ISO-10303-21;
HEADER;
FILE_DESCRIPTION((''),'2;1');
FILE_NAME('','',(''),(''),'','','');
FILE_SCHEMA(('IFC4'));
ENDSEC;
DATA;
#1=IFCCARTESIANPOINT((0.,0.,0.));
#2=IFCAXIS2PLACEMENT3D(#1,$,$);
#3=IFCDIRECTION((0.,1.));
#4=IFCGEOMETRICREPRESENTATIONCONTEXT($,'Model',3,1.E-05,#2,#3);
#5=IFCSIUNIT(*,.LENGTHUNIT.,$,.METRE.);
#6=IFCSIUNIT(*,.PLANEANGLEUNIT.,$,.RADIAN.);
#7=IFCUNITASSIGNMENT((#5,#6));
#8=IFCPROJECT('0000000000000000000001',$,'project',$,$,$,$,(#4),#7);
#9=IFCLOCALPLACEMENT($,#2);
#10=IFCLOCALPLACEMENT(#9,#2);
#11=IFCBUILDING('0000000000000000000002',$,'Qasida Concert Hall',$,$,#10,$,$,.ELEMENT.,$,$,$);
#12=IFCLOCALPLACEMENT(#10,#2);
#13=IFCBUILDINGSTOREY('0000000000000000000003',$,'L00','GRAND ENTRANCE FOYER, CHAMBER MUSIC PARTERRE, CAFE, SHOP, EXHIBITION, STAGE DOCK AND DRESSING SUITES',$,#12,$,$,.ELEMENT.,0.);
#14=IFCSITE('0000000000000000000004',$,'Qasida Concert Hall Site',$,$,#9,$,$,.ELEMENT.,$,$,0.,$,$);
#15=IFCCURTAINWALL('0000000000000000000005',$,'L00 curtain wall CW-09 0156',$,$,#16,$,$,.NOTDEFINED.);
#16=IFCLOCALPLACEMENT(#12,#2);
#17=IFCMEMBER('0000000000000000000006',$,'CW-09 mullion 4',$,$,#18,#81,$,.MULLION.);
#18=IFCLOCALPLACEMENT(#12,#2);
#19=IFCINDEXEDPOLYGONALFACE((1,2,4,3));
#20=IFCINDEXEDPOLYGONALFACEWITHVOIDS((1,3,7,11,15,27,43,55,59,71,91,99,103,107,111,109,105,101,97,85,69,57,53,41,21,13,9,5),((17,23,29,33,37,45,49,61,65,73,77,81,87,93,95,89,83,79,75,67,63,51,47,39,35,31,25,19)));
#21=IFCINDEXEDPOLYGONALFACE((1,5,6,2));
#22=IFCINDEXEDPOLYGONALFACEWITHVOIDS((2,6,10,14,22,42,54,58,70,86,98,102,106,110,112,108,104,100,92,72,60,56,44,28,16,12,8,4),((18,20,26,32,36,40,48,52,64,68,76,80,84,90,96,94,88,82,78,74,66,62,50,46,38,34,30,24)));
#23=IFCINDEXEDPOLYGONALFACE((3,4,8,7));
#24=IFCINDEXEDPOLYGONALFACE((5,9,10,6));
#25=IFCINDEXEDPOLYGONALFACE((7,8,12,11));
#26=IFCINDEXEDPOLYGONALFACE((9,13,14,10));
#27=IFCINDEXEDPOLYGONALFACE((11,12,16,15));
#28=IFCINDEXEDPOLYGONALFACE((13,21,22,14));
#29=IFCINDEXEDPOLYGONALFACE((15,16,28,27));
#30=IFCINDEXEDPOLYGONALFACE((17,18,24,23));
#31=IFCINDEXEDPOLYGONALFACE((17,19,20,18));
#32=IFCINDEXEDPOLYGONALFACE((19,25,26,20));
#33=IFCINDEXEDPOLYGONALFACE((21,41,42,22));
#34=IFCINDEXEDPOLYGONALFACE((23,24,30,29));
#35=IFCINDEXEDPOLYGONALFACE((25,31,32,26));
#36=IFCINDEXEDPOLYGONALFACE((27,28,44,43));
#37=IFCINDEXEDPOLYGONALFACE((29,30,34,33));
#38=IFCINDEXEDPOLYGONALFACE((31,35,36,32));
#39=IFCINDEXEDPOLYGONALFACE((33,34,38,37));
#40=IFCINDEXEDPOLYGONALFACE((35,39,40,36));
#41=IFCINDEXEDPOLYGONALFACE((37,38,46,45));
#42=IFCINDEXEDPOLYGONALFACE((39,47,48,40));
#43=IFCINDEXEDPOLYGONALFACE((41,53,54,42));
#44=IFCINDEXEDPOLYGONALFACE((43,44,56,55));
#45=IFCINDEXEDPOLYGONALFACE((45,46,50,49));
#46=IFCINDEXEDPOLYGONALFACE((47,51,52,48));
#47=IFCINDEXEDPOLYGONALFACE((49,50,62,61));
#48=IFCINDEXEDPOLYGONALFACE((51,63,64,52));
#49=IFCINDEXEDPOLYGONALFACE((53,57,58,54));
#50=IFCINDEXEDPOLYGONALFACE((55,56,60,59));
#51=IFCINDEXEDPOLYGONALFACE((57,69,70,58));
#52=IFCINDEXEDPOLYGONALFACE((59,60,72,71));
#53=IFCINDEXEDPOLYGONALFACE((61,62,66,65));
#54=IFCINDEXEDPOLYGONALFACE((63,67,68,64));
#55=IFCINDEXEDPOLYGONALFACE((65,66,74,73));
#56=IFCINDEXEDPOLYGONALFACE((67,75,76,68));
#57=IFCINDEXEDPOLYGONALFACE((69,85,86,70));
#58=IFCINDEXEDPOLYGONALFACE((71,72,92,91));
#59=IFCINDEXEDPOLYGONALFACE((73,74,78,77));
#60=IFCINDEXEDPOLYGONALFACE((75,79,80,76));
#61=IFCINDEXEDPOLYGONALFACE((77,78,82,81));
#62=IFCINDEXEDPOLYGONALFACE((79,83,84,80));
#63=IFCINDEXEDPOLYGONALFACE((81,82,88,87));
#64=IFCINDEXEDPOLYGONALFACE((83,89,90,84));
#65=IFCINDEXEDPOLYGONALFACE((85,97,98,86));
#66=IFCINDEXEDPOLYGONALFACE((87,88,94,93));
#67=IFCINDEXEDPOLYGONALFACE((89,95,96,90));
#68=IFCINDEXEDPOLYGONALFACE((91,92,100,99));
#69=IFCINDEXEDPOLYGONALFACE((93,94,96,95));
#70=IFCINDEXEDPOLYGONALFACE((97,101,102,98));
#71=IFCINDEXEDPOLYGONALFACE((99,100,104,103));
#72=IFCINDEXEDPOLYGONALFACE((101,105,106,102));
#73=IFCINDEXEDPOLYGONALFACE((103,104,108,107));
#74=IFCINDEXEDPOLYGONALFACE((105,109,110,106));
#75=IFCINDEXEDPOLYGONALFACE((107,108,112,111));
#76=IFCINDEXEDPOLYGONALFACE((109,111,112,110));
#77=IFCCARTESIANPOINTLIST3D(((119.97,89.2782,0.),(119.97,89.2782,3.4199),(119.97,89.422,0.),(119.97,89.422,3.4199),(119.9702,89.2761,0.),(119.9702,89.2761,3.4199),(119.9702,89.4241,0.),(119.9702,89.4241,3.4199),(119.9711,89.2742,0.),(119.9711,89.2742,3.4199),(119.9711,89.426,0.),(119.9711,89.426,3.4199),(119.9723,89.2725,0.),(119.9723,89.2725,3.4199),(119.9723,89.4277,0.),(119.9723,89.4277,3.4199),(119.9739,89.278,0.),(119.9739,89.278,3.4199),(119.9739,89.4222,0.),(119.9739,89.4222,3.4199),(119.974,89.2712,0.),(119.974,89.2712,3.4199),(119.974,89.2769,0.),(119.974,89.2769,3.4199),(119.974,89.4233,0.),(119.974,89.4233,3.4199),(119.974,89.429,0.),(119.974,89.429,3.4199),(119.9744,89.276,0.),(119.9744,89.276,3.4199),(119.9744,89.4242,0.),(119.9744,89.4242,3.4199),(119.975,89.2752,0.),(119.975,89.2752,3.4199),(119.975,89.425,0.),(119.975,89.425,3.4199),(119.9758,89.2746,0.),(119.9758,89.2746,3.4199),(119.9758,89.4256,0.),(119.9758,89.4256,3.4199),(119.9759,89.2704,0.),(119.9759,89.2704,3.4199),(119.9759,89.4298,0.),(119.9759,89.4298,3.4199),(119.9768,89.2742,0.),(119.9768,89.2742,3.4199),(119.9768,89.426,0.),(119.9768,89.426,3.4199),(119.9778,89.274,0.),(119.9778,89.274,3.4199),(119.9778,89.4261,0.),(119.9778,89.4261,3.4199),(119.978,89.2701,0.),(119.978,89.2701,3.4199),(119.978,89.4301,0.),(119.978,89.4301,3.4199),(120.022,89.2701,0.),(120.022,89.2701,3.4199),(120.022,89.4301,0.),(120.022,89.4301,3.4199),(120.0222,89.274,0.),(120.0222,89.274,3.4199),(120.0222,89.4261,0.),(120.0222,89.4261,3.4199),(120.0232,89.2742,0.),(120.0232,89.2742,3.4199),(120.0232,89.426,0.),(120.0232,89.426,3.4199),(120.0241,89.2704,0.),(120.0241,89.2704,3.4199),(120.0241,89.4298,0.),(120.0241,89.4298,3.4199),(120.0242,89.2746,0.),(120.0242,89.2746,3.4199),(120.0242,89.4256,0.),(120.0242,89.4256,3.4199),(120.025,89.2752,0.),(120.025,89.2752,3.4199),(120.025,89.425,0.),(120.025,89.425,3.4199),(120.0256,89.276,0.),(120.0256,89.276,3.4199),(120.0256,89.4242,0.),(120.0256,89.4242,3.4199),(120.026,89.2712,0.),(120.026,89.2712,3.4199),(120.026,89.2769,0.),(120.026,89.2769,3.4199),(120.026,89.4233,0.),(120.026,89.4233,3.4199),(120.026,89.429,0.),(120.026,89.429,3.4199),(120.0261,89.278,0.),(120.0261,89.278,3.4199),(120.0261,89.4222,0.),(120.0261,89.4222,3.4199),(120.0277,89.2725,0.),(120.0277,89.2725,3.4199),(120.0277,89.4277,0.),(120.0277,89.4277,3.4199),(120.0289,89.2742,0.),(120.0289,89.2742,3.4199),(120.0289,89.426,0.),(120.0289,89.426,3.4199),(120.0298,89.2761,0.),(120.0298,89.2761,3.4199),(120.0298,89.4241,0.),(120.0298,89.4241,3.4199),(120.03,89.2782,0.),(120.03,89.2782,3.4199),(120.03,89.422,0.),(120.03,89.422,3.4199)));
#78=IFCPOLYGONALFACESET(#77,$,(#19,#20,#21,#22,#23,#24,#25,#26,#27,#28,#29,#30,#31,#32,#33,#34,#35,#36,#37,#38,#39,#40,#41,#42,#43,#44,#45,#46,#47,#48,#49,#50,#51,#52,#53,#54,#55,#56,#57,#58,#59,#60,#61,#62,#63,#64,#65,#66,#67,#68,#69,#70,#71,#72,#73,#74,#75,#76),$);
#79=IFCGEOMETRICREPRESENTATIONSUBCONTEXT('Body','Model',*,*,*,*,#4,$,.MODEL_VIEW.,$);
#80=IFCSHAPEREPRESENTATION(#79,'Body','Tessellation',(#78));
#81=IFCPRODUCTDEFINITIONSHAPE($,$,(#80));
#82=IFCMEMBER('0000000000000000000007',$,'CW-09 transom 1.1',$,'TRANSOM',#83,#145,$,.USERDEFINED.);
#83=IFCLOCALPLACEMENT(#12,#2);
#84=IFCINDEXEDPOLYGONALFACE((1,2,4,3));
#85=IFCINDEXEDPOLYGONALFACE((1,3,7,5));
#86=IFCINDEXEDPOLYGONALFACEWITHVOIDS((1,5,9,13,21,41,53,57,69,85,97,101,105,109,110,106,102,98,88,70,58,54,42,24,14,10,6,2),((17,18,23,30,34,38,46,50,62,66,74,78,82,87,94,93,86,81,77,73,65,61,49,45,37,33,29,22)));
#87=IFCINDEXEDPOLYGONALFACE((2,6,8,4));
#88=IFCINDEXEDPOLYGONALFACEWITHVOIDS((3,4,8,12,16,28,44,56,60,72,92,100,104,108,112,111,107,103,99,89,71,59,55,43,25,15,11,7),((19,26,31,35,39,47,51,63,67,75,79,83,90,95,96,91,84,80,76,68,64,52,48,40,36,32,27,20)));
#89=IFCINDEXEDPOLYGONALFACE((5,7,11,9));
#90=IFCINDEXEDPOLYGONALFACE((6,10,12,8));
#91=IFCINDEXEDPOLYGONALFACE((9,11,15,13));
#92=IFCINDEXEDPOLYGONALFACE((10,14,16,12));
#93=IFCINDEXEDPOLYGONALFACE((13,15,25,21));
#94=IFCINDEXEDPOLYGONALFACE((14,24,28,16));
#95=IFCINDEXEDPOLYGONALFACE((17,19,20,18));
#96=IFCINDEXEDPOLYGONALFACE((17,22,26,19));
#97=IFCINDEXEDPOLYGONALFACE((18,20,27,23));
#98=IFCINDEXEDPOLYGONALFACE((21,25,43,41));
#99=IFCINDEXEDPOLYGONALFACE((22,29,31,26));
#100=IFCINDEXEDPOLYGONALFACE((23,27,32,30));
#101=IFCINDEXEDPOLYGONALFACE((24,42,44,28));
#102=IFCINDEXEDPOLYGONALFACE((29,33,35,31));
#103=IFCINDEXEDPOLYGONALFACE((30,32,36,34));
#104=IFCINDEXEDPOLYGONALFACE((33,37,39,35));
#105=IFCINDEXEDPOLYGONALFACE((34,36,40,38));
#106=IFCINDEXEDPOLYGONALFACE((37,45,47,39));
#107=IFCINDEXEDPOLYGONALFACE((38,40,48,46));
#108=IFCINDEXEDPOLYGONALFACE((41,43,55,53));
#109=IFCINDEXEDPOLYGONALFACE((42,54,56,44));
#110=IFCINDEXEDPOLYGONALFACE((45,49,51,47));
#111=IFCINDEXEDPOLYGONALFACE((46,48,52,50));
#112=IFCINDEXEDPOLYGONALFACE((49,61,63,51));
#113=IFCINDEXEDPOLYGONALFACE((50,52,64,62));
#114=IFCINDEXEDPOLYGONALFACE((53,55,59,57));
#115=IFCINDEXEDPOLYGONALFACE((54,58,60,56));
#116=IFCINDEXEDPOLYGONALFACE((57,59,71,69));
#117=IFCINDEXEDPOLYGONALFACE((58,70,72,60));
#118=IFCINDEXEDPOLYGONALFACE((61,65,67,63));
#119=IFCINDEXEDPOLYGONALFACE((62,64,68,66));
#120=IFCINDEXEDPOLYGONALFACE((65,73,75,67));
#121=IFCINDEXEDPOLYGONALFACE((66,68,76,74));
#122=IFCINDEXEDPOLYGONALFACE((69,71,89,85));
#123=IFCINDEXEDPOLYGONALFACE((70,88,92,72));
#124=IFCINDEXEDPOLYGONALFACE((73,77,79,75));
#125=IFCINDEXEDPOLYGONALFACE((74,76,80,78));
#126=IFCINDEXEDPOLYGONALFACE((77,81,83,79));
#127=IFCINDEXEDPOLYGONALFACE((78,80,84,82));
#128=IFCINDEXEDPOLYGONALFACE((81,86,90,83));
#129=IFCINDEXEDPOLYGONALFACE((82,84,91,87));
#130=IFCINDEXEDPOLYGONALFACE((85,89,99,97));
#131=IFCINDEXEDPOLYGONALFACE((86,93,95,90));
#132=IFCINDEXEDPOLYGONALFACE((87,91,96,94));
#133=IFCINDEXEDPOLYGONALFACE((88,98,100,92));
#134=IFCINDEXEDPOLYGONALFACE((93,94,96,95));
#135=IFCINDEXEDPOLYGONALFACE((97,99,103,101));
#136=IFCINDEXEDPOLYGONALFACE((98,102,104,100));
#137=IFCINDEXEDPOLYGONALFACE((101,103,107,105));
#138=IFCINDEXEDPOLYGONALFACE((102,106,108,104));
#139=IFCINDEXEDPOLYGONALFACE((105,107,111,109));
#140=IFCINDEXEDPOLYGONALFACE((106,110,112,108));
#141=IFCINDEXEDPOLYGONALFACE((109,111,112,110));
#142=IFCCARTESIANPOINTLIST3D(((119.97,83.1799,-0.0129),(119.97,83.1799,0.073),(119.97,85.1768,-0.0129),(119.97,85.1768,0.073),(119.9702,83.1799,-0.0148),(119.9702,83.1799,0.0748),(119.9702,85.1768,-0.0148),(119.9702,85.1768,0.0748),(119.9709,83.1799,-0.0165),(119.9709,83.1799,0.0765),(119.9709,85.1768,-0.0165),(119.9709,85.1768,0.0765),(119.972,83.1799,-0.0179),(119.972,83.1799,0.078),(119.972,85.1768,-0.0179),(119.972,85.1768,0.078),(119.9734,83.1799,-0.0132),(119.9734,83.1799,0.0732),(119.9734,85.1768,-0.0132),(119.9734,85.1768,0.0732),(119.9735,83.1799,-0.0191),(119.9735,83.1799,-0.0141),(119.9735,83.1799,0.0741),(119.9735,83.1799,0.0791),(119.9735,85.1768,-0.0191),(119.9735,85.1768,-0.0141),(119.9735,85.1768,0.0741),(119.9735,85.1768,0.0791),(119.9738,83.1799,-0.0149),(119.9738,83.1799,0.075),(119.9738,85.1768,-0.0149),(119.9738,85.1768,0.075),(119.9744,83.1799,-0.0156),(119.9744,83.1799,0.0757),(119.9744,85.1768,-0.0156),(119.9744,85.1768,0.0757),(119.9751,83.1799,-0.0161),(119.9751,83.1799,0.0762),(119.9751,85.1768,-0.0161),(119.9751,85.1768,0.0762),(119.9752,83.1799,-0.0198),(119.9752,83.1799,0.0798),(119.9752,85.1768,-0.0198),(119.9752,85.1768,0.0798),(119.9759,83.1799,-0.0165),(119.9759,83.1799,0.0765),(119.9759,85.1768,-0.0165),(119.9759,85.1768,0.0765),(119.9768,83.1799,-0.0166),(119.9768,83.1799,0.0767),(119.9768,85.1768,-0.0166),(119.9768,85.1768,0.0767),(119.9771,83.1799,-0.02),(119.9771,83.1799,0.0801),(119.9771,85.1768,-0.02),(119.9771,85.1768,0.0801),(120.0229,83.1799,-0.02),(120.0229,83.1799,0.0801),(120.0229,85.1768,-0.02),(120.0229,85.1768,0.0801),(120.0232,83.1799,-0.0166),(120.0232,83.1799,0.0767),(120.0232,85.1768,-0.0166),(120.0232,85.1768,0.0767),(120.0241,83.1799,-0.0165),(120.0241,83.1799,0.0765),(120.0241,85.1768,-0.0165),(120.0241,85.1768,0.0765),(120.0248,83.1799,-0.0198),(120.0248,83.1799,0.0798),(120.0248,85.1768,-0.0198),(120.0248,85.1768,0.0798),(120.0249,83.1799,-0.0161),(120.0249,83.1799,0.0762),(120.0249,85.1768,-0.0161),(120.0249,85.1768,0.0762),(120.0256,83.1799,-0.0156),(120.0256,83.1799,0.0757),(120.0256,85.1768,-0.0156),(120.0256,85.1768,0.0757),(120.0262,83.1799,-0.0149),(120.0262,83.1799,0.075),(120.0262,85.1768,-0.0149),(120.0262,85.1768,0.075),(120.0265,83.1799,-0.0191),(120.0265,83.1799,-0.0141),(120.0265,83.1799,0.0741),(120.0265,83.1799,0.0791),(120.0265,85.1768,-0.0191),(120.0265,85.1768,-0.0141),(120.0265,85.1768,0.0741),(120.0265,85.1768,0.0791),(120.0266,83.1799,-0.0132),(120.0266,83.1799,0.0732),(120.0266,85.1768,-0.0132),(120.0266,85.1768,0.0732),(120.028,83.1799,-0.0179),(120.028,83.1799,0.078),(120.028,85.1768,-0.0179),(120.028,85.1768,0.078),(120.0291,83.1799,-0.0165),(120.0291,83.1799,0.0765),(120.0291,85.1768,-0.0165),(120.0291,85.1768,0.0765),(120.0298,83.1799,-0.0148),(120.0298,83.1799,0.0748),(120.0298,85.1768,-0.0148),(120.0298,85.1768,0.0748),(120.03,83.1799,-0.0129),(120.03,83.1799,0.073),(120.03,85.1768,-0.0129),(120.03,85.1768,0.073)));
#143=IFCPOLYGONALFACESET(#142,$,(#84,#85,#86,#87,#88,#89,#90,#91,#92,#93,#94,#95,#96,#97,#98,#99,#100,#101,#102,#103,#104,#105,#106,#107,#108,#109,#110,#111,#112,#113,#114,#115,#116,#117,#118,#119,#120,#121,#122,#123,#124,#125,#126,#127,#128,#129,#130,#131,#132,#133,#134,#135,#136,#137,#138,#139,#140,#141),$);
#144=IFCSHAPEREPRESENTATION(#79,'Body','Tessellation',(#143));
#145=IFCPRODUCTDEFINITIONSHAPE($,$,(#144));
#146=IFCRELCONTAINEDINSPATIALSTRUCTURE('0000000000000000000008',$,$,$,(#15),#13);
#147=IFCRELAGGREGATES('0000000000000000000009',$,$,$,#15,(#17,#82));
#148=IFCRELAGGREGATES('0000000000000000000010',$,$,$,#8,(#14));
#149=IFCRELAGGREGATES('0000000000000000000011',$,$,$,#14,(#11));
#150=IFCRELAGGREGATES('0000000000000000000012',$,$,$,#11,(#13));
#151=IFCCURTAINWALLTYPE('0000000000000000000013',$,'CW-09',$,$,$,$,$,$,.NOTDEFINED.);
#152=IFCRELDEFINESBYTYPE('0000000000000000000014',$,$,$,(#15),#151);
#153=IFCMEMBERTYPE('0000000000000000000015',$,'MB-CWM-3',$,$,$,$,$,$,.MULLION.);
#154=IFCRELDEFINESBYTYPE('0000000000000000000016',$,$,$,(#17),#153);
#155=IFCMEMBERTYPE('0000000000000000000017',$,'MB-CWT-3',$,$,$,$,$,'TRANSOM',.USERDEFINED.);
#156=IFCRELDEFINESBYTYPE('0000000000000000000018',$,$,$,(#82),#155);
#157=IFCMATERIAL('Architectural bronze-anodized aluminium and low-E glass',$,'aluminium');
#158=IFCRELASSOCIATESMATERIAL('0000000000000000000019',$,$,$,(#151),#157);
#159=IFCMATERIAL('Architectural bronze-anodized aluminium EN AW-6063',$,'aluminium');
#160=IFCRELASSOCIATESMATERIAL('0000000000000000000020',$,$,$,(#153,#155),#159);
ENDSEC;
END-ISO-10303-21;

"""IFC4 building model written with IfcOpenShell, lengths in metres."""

from ifc_helpers import new_model, si_unit, direction, frame, origin, origin_2d, place, context, subcontext, project, spatial, hollow_rectangle, extrude, material, material_profile, profile_set, type_object, element, aggregate, save


model = new_model("IFC4")

# Units and contexts
model_context = context("Model", 3, precision=1e-05, world=origin(), true_north=direction((0.0, 1.0)))
body_context = subcontext(model_context, "Body", "Model", "MODEL_VIEW")
ifc_project = project(units=[si_unit("LENGTHUNIT", "METRE"), si_unit("PLANEANGLEUNIT", "RADIAN")], contexts=[model_context])

# Site, building, storey
site_placement = place(None, origin())
site = spatial("IfcSite", under=ifc_project, at=site_placement, Name="Qasida Concert Hall Site", CompositionType="ELEMENT", RefElevation=0.0)
building_placement = place(site_placement, origin())
building = spatial("IfcBuilding", under=site, at=building_placement, Name="Qasida Concert Hall", CompositionType="ELEMENT")
storey_placement = place(building_placement, origin())
storey = spatial("IfcBuildingStorey", under=building, at=storey_placement, Name="L00", Description="GRAND ENTRANCE FOYER, CHAMBER MUSIC PARTERRE, CAFE, SHOP, EXHIBITION, STAGE DOCK AND DRESSING SUITES", CompositionType="ELEMENT", Elevation=0.0)

# Curtain wall, members
ifc_material_1 = material(Name="Architectural bronze-anodized aluminium and low-E glass", Category="aluminium")
curtain_wall_type = type_object("IfcCurtainWallType", Name="CW-09", PredefinedType="NOTDEFINED", material=ifc_material_1)
curtain_wall_placement = place(storey_placement, origin())
curtain_wall = element("IfcCurtainWall", 1, at=curtain_wall_placement, inside=storey, type_object=curtain_wall_type, Name="L00 curtain wall CW-09 0156", PredefinedType="NOTDEFINED")
ifc_material_2 = material(Name="Architectural bronze-anodized aluminium EN AW-6063", Category="aluminium")
ifc_material_profile_1 = material_profile(ifc_material_2, hollow_rectangle(XDim=0.0601, YDim=0.1599, WallThickness=0.0039, InnerFilletRadius=0.0039, OuterFilletRadius=0.0081, at=origin_2d()), Name="CWM 160x60x4")
ifc_profile_set_1 = profile_set([ifc_material_profile_1], Name="Architectural bronze-anodized aluminium EN AW-6063")
member_type_1 = type_object("IfcMemberType", Name="MB-CWM-3", PredefinedType="MULLION", material=ifc_profile_set_1)
member_1_placement = place(storey_placement, frame((120.0, 89.3501, 0.0), z_axis=(0.0, 0.0, 1.0), x_axis=(-1.0, 0.0, 0.0)))
member_1 = element("IfcMember", 2, at=member_1_placement, type_object=member_type_1, Name="CW-09 mullion 4", PredefinedType="MULLION", context=body_context, shape_type="SweptSolid", body=[
    extrude(hollow_rectangle(XDim=0.0601, YDim=0.1599, WallThickness=0.0039, InnerFilletRadius=0.0039, OuterFilletRadius=0.0081, at=origin_2d()), origin(), (0.0, 0.0, 1.0), 3.4199),
])
ifc_material_profile_2 = material_profile(ifc_material_2, hollow_rectangle(XDim=0.0601, YDim=0.1001, WallThickness=0.0034, InnerFilletRadius=0.0034, OuterFilletRadius=0.0071, at=origin_2d()), Name="CWT 100x60x3.5")
ifc_profile_set_2 = profile_set([ifc_material_profile_2], Name="Architectural bronze-anodized aluminium EN AW-6063")
member_type_2 = type_object("IfcMemberType", Name="MB-CWT-3", ElementType="TRANSOM", PredefinedType="USERDEFINED", material=ifc_profile_set_2)
member_2_placement = place(storey_placement, frame((120.0, 83.1799, 0.03), z_axis=(0.0, 1.0, 0.0), x_axis=(-1.0, 0.0, 0.0)))
member_2 = element("IfcMember", 3, at=member_2_placement, type_object=member_type_2, Name="CW-09 transom 1.1", ObjectType="TRANSOM", PredefinedType="USERDEFINED", context=body_context, shape_type="SweptSolid", body=[
    extrude(hollow_rectangle(XDim=0.0601, YDim=0.1001, WallThickness=0.0034, InnerFilletRadius=0.0034, OuterFilletRadius=0.0071, at=origin_2d()), origin(), (0.0, 0.0, 1.0), 1.9968),
])
aggregate(curtain_wall, [member_1, member_2])

save(model, "model.ifc")
